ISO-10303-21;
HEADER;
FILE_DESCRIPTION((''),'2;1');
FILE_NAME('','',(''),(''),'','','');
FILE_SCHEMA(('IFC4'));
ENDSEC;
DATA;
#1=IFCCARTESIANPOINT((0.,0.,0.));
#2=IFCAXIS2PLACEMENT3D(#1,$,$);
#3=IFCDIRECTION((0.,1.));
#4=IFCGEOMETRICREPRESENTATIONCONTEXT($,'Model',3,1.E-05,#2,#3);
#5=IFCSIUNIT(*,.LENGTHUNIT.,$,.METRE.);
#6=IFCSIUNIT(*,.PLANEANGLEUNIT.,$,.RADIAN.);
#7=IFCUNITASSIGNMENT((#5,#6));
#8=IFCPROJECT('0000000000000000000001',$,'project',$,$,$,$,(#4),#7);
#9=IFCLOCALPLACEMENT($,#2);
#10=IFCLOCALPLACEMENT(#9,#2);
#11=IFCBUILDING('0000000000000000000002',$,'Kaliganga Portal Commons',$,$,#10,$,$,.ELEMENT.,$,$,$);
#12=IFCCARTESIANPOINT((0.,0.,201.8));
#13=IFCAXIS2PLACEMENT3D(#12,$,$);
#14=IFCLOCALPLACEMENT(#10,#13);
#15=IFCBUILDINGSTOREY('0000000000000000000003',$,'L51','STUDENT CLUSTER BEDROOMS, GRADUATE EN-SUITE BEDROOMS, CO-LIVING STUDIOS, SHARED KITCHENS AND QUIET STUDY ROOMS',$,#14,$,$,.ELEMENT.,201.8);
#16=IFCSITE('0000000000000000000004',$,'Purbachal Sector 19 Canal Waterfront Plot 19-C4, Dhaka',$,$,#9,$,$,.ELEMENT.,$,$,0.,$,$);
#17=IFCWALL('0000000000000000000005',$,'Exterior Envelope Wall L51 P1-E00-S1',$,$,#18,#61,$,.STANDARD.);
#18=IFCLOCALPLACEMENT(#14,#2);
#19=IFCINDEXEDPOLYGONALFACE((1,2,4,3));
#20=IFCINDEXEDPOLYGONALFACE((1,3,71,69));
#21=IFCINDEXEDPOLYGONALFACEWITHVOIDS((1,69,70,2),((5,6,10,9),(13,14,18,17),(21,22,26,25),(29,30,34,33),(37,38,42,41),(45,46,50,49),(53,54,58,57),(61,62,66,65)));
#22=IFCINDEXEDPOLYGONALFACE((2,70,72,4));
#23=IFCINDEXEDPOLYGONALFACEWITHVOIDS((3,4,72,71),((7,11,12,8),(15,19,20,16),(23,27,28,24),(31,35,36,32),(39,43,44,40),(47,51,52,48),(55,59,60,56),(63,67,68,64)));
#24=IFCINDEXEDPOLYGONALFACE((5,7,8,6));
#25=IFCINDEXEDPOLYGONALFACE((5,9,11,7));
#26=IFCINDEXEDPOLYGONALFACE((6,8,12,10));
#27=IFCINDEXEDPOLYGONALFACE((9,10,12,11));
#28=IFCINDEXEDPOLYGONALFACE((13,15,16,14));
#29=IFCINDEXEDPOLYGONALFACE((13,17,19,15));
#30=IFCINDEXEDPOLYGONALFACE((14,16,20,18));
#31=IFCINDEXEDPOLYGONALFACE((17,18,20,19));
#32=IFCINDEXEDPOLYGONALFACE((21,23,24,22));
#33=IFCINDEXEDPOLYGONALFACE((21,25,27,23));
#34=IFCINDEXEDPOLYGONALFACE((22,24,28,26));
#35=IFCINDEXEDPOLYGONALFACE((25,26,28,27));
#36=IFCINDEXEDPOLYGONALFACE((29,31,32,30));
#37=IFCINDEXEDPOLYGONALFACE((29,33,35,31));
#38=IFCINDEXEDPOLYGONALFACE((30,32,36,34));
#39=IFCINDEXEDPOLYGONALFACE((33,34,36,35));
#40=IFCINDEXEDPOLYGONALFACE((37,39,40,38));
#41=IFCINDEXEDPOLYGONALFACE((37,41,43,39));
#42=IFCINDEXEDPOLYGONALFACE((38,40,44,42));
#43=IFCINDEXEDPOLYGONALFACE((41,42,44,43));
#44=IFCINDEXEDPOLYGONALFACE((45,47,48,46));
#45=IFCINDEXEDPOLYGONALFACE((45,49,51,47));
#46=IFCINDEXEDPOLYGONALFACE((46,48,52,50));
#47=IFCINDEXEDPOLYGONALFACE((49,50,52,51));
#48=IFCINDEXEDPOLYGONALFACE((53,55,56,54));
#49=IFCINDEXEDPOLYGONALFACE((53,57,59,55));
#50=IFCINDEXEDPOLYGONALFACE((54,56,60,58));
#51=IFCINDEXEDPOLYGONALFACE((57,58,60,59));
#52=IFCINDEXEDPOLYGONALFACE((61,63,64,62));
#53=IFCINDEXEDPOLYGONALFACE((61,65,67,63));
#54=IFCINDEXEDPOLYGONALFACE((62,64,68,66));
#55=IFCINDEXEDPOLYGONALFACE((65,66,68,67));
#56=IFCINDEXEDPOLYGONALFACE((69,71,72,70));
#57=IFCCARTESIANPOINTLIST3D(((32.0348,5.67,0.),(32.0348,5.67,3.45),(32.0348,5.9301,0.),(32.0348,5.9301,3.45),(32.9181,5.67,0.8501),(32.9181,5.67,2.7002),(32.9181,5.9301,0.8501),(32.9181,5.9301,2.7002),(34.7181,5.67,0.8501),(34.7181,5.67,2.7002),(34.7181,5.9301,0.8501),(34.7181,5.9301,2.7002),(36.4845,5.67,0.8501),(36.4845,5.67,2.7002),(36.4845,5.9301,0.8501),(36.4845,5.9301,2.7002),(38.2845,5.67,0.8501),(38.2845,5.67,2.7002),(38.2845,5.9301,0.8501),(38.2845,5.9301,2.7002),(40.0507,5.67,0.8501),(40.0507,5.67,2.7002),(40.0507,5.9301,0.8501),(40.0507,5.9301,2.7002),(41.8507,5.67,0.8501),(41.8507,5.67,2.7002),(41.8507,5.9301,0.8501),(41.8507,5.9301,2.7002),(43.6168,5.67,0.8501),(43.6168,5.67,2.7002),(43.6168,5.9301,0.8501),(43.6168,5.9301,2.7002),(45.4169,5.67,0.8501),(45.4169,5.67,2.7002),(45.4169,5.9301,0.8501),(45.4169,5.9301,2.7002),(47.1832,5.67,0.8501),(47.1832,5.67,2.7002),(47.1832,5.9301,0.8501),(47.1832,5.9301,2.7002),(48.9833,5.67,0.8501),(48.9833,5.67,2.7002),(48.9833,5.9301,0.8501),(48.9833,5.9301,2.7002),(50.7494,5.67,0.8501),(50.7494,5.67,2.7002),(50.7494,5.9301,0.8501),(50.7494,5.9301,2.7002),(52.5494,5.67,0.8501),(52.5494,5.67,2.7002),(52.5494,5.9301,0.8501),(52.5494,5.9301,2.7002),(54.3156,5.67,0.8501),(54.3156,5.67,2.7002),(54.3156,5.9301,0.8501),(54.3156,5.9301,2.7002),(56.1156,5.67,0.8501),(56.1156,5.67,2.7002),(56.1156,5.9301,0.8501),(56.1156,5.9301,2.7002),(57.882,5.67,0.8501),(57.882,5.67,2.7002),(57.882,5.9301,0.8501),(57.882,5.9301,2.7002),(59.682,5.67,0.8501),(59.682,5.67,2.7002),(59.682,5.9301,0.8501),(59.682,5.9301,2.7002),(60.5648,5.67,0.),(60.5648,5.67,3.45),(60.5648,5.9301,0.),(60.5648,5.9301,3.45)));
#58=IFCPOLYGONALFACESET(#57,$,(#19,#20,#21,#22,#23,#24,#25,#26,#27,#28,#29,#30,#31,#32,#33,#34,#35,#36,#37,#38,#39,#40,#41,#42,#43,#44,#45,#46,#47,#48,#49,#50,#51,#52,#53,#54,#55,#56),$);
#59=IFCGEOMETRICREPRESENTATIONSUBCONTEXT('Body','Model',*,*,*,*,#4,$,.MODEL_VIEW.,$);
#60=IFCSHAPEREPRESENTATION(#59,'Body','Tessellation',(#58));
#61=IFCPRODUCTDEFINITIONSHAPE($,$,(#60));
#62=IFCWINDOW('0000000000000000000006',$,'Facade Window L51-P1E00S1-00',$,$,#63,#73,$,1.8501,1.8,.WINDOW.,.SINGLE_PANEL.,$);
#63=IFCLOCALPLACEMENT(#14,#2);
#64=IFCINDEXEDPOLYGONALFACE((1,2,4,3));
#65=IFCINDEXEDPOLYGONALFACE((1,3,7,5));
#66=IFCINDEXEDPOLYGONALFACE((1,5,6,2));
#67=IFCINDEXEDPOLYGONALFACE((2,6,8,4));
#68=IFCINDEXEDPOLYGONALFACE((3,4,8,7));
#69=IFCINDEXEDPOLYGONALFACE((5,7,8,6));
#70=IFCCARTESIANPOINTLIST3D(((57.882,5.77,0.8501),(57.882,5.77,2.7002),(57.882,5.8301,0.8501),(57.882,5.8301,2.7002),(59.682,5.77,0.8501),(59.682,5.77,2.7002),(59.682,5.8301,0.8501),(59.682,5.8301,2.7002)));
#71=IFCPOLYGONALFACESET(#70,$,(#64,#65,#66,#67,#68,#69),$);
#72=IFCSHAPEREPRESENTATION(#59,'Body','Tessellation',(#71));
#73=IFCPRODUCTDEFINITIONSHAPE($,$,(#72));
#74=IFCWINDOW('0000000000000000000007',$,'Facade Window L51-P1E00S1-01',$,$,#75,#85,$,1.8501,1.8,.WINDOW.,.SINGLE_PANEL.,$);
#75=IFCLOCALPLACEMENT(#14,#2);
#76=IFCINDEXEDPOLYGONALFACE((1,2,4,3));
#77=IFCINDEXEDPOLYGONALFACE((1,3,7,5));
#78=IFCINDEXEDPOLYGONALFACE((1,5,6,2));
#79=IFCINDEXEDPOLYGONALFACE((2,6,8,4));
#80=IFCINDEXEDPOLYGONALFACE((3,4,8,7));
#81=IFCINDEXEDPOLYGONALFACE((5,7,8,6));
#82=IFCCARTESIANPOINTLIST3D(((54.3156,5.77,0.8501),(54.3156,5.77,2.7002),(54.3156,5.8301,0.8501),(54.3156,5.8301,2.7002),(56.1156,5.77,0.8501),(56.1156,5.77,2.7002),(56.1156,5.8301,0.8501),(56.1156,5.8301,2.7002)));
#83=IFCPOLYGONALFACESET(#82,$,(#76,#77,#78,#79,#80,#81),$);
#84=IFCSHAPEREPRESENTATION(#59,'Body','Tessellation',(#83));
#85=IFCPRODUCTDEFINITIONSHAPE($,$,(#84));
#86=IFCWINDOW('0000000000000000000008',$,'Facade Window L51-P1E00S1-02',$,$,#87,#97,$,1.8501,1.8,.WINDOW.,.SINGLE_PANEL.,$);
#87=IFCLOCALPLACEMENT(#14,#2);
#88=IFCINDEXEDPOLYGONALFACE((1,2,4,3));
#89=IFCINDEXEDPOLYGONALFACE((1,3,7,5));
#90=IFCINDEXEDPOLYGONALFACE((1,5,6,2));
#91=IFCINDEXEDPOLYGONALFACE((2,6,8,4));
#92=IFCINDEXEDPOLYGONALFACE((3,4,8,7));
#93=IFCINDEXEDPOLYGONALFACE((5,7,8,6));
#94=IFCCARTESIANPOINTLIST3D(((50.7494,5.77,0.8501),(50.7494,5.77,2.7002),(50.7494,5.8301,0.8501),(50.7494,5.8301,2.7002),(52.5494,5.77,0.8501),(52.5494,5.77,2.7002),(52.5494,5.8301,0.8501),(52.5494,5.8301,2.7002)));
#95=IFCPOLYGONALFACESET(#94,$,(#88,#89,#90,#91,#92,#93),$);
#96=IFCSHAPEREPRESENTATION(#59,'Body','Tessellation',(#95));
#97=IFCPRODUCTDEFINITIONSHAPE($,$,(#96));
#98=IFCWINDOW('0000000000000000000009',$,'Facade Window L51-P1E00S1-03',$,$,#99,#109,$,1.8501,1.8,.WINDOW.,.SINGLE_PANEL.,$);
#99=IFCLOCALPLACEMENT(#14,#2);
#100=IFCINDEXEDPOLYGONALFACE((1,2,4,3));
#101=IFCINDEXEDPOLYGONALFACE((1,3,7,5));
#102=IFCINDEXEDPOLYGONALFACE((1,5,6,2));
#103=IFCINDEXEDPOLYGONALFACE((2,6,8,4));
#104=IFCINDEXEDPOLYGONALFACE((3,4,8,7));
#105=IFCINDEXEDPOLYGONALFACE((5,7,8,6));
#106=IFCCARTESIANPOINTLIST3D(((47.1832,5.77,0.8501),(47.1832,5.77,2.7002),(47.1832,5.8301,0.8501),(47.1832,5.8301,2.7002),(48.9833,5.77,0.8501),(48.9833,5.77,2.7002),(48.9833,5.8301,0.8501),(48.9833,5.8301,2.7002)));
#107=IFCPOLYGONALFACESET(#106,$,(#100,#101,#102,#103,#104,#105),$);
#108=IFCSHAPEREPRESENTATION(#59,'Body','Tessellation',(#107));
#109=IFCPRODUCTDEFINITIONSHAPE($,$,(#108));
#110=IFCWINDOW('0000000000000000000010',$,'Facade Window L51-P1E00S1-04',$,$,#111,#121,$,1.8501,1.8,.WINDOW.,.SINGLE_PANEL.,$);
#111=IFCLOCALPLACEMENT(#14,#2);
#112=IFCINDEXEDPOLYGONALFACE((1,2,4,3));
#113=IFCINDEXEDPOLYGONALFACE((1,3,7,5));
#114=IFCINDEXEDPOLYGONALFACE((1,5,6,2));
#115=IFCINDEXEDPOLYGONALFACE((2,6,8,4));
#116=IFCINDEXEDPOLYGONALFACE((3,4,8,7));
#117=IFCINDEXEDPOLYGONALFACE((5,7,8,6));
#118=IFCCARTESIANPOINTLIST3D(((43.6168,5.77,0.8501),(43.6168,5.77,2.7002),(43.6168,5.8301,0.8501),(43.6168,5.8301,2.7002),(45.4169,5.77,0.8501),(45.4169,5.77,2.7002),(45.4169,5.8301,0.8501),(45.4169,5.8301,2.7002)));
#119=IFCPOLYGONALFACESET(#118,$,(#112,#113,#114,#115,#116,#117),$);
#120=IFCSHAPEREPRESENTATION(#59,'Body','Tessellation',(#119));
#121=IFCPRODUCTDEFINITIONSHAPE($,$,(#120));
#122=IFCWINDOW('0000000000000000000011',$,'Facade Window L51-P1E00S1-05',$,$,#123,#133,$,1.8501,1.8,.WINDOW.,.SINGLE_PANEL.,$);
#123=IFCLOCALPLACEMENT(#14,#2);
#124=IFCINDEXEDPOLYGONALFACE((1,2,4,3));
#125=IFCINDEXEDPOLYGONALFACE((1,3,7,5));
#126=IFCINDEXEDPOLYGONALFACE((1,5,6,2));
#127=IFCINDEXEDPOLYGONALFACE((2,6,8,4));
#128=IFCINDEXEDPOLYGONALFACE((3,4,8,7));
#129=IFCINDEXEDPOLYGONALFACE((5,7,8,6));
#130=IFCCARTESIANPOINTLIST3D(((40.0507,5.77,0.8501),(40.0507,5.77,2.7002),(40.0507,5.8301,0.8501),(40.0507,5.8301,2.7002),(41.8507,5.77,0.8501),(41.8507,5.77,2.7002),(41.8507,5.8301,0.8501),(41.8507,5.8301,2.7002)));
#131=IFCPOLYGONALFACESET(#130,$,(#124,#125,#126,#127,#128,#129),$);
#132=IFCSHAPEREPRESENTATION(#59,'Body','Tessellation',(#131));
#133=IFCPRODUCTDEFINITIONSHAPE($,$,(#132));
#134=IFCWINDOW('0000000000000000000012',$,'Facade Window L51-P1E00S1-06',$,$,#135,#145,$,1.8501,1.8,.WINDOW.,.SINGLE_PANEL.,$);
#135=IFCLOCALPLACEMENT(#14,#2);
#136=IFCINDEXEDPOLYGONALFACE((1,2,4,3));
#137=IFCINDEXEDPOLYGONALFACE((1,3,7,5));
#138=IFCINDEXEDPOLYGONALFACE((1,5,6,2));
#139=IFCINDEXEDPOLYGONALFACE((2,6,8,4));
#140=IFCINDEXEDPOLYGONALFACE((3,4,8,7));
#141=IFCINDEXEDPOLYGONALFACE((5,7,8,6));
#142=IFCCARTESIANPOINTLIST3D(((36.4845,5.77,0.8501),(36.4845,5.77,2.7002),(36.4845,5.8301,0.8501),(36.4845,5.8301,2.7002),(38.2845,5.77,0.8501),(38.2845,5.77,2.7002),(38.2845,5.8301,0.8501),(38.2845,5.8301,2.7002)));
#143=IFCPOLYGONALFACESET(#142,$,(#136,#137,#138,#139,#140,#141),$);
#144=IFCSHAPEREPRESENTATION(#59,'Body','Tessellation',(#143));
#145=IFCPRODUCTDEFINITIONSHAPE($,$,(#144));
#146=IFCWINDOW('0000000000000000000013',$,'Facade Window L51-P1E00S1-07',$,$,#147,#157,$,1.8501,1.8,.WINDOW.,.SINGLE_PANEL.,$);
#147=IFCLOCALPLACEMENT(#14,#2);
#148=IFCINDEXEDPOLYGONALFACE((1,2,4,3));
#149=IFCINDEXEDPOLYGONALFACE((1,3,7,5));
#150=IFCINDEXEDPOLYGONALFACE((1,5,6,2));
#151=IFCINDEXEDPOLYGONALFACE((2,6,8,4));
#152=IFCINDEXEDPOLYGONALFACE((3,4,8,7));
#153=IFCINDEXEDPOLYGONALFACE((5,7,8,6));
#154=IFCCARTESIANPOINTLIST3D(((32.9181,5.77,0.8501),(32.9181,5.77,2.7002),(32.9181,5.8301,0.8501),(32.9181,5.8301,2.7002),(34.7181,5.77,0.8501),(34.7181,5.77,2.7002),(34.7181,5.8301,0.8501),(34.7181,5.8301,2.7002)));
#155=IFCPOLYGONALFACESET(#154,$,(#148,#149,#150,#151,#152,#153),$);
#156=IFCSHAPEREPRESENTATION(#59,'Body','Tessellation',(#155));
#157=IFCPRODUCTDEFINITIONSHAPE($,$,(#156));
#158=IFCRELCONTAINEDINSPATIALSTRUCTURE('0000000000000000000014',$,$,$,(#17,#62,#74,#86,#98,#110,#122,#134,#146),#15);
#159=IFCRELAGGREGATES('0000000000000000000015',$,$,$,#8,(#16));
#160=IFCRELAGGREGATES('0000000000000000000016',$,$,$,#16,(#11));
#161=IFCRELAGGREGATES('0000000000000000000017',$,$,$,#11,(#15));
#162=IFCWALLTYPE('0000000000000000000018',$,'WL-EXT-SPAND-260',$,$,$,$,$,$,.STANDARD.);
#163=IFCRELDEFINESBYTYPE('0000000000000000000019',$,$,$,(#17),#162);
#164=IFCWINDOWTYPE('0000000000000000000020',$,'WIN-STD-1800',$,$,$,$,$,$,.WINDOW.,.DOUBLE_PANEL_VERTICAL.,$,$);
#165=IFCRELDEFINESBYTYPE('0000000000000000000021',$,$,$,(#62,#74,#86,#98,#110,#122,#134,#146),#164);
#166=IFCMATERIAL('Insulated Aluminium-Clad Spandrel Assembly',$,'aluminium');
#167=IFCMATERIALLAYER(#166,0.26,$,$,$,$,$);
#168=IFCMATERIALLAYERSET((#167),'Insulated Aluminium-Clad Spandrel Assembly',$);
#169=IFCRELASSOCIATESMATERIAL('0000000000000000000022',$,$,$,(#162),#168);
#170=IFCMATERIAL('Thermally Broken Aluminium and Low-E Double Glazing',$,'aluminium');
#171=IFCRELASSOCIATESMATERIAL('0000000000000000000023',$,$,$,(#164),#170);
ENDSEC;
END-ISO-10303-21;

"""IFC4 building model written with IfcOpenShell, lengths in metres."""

from ifc_helpers import new_model, si_unit, direction, frame, frame_2d, origin, place, context, subcontext, project, spatial, rectangle, extrude, material, layer, layer_set, type_object, element, fill, save


model = new_model("IFC4")

# Units and contexts
model_context = context("Model", 3, precision=1e-05, world=origin(), true_north=direction((0.0, 1.0)))
body_context = subcontext(model_context, "Body", "Model", "MODEL_VIEW")
ifc_project = project(units=[si_unit("LENGTHUNIT", "METRE"), si_unit("PLANEANGLEUNIT", "RADIAN")], contexts=[model_context])

# Site, building, storey
site_placement = place(None, origin())
site = spatial("IfcSite", under=ifc_project, at=site_placement, Name="Purbachal Sector 19 Canal Waterfront Plot 19-C4, Dhaka", CompositionType="ELEMENT", RefElevation=0.0)
building_placement = place(site_placement, origin())
building = spatial("IfcBuilding", under=site, at=building_placement, Name="Kaliganga Portal Commons", CompositionType="ELEMENT")
storey_placement = place(building_placement, frame((0.0, 0.0, 201.8)))
storey = spatial("IfcBuildingStorey", under=building, at=storey_placement, Name="L51", Description="STUDENT CLUSTER BEDROOMS, GRADUATE EN-SUITE BEDROOMS, CO-LIVING STUDIOS, SHARED KITCHENS AND QUIET STUDY ROOMS", CompositionType="ELEMENT", Elevation=201.8)

# Wall, openings, windows
ifc_material_1 = material(Name="Insulated Aluminium-Clad Spandrel Assembly", Category="aluminium")
ifc_layer_1 = layer(ifc_material_1, 0.26)
ifc_layer_set_1 = layer_set([ifc_layer_1], Name="Insulated Aluminium-Clad Spandrel Assembly")
wall_type_1 = type_object("IfcWallType", Name="WL-EXT-SPAND-260", PredefinedType="STANDARD", material=ifc_layer_set_1)
wall_1_placement = place(storey_placement, frame((60.5649, 5.8, 0.0), z_axis=(0.0, 0.0, 1.0), x_axis=(-1.0, 0.0, 0.0)))
wall_1 = element("IfcWall", 1, at=wall_1_placement, inside=storey, type_object=wall_type_1, Name="Exterior Envelope Wall L51 P1-E00-S1", PredefinedType="STANDARD", context=body_context, shape_type="SweptSolid", body=[
    extrude(rectangle(XDim=28.53, YDim=0.26, at=frame_2d((14.2651, 0.0))), origin(), (0.0, 0.0, 1.0), 3.45),
])
opening_1_placement = place(wall_1_placement, frame((0.8831, 0.0, 0.8501)))
opening_1 = element("IfcOpeningElement", 2, at=opening_1_placement, cuts=wall_1, PredefinedType="OPENING", context=body_context, shape_type="SweptSolid", body=[
    extrude(rectangle(XDim=1.8, YDim=1.8501, at=frame_2d((0.8999, 0.925))), frame((0.0, 0.1401, 0.0), z_axis=(0.0, -1.0, 0.0), x_axis=(1.0, 0.0, 0.0)), (0.0, 0.0, 1.0), 0.28),
])
opening_2_placement = place(wall_1_placement, frame((4.4495, 0.0, 0.8501)))
opening_2 = element("IfcOpeningElement", 3, at=opening_2_placement, cuts=wall_1, PredefinedType="OPENING", context=body_context, shape_type="SweptSolid", body=[
    extrude(rectangle(XDim=1.8, YDim=1.8501, at=frame_2d((0.8999, 0.925))), frame((0.0, 0.1401, 0.0), z_axis=(0.0, -1.0, 0.0), x_axis=(1.0, 0.0, 0.0)), (0.0, 0.0, 1.0), 0.28),
])
opening_3_placement = place(wall_1_placement, frame((8.0156, 0.0, 0.8501)))
opening_3 = element("IfcOpeningElement", 4, at=opening_3_placement, cuts=wall_1, PredefinedType="OPENING", context=body_context, shape_type="SweptSolid", body=[
    extrude(rectangle(XDim=1.8, YDim=1.8501, at=frame_2d((0.8999, 0.925))), frame((0.0, 0.1401, 0.0), z_axis=(0.0, -1.0, 0.0), x_axis=(1.0, 0.0, 0.0)), (0.0, 0.0, 1.0), 0.28),
])
opening_4_placement = place(wall_1_placement, frame((11.5818, 0.0, 0.8501)))
opening_4 = element("IfcOpeningElement", 5, at=opening_4_placement, cuts=wall_1, PredefinedType="OPENING", context=body_context, shape_type="SweptSolid", body=[
    extrude(rectangle(XDim=1.8, YDim=1.8501, at=frame_2d((0.8999, 0.925))), frame((0.0, 0.1401, 0.0), z_axis=(0.0, -1.0, 0.0), x_axis=(1.0, 0.0, 0.0)), (0.0, 0.0, 1.0), 0.28),
])
opening_5_placement = place(wall_1_placement, frame((15.1482, 0.0, 0.8501)))
opening_5 = element("IfcOpeningElement", 6, at=opening_5_placement, cuts=wall_1, PredefinedType="OPENING", context=body_context, shape_type="SweptSolid", body=[
    extrude(rectangle(XDim=1.8, YDim=1.8501, at=frame_2d((0.8999, 0.925))), frame((0.0, 0.1401, 0.0), z_axis=(0.0, -1.0, 0.0), x_axis=(1.0, 0.0, 0.0)), (0.0, 0.0, 1.0), 0.28),
])
opening_6_placement = place(wall_1_placement, frame((18.7144, 0.0, 0.8501)))
opening_6 = element("IfcOpeningElement", 7, at=opening_6_placement, cuts=wall_1, PredefinedType="OPENING", context=body_context, shape_type="SweptSolid", body=[
    extrude(rectangle(XDim=1.8, YDim=1.8501, at=frame_2d((0.8999, 0.925))), frame((0.0, 0.1401, 0.0), z_axis=(0.0, -1.0, 0.0), x_axis=(1.0, 0.0, 0.0)), (0.0, 0.0, 1.0), 0.28),
])
opening_7_placement = place(wall_1_placement, frame((22.2805, 0.0, 0.8501)))
opening_7 = element("IfcOpeningElement", 8, at=opening_7_placement, cuts=wall_1, PredefinedType="OPENING", context=body_context, shape_type="SweptSolid", body=[
    extrude(rectangle(XDim=1.8, YDim=1.8501, at=frame_2d((0.8999, 0.925))), frame((0.0, 0.1401, 0.0), z_axis=(0.0, -1.0, 0.0), x_axis=(1.0, 0.0, 0.0)), (0.0, 0.0, 1.0), 0.28),
])
opening_8_placement = place(wall_1_placement, frame((25.8469, 0.0, 0.8501)))
opening_8 = element("IfcOpeningElement", 9, at=opening_8_placement, cuts=wall_1, PredefinedType="OPENING", context=body_context, shape_type="SweptSolid", body=[
    extrude(rectangle(XDim=1.8, YDim=1.8501, at=frame_2d((0.8999, 0.925))), frame((0.0, 0.1401, 0.0), z_axis=(0.0, -1.0, 0.0), x_axis=(1.0, 0.0, 0.0)), (0.0, 0.0, 1.0), 0.28),
])
ifc_material_2 = material(Name="Thermally Broken Aluminium and Low-E Double Glazing", Category="aluminium")
window_type = type_object("IfcWindowType", Name="WIN-STD-1800", PartitioningType="DOUBLE_PANEL_VERTICAL", PredefinedType="WINDOW", material=ifc_material_2)
window_1_placement = place(opening_1_placement, origin())
window_1 = element("IfcWindow", 10, at=window_1_placement, inside=storey, type_object=window_type, Name="Facade Window L51-P1E00S1-00", OverallHeight=1.8501, OverallWidth=1.8, PartitioningType="SINGLE_PANEL", PredefinedType="WINDOW", context=body_context, shape_type="SweptSolid", body=[
    extrude(rectangle(XDim=1.8, YDim=1.8501, at=frame_2d((0.8999, 0.925))), frame((0.0, 0.03, 0.0), z_axis=(0.0, -1.0, 0.0), x_axis=(1.0, 0.0, 0.0)), (0.0, 0.0, 1.0), 0.0601),
])
fill(opening_1, window_1)
window_2_placement = place(opening_2_placement, origin())
window_2 = element("IfcWindow", 11, at=window_2_placement, inside=storey, type_object=window_type, Name="Facade Window L51-P1E00S1-01", OverallHeight=1.8501, OverallWidth=1.8, PartitioningType="SINGLE_PANEL", PredefinedType="WINDOW", context=body_context, shape_type="SweptSolid", body=[
    extrude(rectangle(XDim=1.8, YDim=1.8501, at=frame_2d((0.8999, 0.925))), frame((0.0, 0.03, 0.0), z_axis=(0.0, -1.0, 0.0), x_axis=(1.0, 0.0, 0.0)), (0.0, 0.0, 1.0), 0.0601),
])
fill(opening_2, window_2)
window_3_placement = place(opening_3_placement, origin())
window_3 = element("IfcWindow", 12, at=window_3_placement, inside=storey, type_object=window_type, Name="Facade Window L51-P1E00S1-02", OverallHeight=1.8501, OverallWidth=1.8, PartitioningType="SINGLE_PANEL", PredefinedType="WINDOW", context=body_context, shape_type="SweptSolid", body=[
    extrude(rectangle(XDim=1.8, YDim=1.8501, at=frame_2d((0.8999, 0.925))), frame((0.0, 0.03, 0.0), z_axis=(0.0, -1.0, 0.0), x_axis=(1.0, 0.0, 0.0)), (0.0, 0.0, 1.0), 0.0601),
])
fill(opening_3, window_3)
window_4_placement = place(opening_4_placement, origin())
window_4 = element("IfcWindow", 13, at=window_4_placement, inside=storey, type_object=window_type, Name="Facade Window L51-P1E00S1-03", OverallHeight=1.8501, OverallWidth=1.8, PartitioningType="SINGLE_PANEL", PredefinedType="WINDOW", context=body_context, shape_type="SweptSolid", body=[
    extrude(rectangle(XDim=1.8, YDim=1.8501, at=frame_2d((0.8999, 0.925))), frame((0.0, 0.03, 0.0), z_axis=(0.0, -1.0, 0.0), x_axis=(1.0, 0.0, 0.0)), (0.0, 0.0, 1.0), 0.0601),
])
fill(opening_4, window_4)
window_5_placement = place(opening_5_placement, origin())
window_5 = element("IfcWindow", 14, at=window_5_placement, inside=storey, type_object=window_type, Name="Facade Window L51-P1E00S1-04", OverallHeight=1.8501, OverallWidth=1.8, PartitioningType="SINGLE_PANEL", PredefinedType="WINDOW", context=body_context, shape_type="SweptSolid", body=[
    extrude(rectangle(XDim=1.8, YDim=1.8501, at=frame_2d((0.8999, 0.925))), frame((0.0, 0.03, 0.0), z_axis=(0.0, -1.0, 0.0), x_axis=(1.0, 0.0, 0.0)), (0.0, 0.0, 1.0), 0.0601),
])
fill(opening_5, window_5)
window_6_placement = place(opening_6_placement, origin())
window_6 = element("IfcWindow", 15, at=window_6_placement, inside=storey, type_object=window_type, Name="Facade Window L51-P1E00S1-05", OverallHeight=1.8501, OverallWidth=1.8, PartitioningType="SINGLE_PANEL", PredefinedType="WINDOW", context=body_context, shape_type="SweptSolid", body=[
    extrude(rectangle(XDim=1.8, YDim=1.8501, at=frame_2d((0.8999, 0.925))), frame((0.0, 0.03, 0.0), z_axis=(0.0, -1.0, 0.0), x_axis=(1.0, 0.0, 0.0)), (0.0, 0.0, 1.0), 0.0601),
])
fill(opening_6, window_6)
window_7_placement = place(opening_7_placement, origin())
window_7 = element("IfcWindow", 16, at=window_7_placement, inside=storey, type_object=window_type, Name="Facade Window L51-P1E00S1-06", OverallHeight=1.8501, OverallWidth=1.8, PartitioningType="SINGLE_PANEL", PredefinedType="WINDOW", context=body_context, shape_type="SweptSolid", body=[
    extrude(rectangle(XDim=1.8, YDim=1.8501, at=frame_2d((0.8999, 0.925))), frame((0.0, 0.03, 0.0), z_axis=(0.0, -1.0, 0.0), x_axis=(1.0, 0.0, 0.0)), (0.0, 0.0, 1.0), 0.0601),
])
fill(opening_7, window_7)
window_8_placement = place(opening_8_placement, origin())
window_8 = element("IfcWindow", 17, at=window_8_placement, inside=storey, type_object=window_type, Name="Facade Window L51-P1E00S1-07", OverallHeight=1.8501, OverallWidth=1.8, PartitioningType="SINGLE_PANEL", PredefinedType="WINDOW", context=body_context, shape_type="SweptSolid", body=[
    extrude(rectangle(XDim=1.8, YDim=1.8501, at=frame_2d((0.8999, 0.925))), frame((0.0, 0.03, 0.0), z_axis=(0.0, -1.0, 0.0), x_axis=(1.0, 0.0, 0.0)), (0.0, 0.0, 1.0), 0.0601),
])
fill(opening_8, window_8)

save(model, "model.ifc")
